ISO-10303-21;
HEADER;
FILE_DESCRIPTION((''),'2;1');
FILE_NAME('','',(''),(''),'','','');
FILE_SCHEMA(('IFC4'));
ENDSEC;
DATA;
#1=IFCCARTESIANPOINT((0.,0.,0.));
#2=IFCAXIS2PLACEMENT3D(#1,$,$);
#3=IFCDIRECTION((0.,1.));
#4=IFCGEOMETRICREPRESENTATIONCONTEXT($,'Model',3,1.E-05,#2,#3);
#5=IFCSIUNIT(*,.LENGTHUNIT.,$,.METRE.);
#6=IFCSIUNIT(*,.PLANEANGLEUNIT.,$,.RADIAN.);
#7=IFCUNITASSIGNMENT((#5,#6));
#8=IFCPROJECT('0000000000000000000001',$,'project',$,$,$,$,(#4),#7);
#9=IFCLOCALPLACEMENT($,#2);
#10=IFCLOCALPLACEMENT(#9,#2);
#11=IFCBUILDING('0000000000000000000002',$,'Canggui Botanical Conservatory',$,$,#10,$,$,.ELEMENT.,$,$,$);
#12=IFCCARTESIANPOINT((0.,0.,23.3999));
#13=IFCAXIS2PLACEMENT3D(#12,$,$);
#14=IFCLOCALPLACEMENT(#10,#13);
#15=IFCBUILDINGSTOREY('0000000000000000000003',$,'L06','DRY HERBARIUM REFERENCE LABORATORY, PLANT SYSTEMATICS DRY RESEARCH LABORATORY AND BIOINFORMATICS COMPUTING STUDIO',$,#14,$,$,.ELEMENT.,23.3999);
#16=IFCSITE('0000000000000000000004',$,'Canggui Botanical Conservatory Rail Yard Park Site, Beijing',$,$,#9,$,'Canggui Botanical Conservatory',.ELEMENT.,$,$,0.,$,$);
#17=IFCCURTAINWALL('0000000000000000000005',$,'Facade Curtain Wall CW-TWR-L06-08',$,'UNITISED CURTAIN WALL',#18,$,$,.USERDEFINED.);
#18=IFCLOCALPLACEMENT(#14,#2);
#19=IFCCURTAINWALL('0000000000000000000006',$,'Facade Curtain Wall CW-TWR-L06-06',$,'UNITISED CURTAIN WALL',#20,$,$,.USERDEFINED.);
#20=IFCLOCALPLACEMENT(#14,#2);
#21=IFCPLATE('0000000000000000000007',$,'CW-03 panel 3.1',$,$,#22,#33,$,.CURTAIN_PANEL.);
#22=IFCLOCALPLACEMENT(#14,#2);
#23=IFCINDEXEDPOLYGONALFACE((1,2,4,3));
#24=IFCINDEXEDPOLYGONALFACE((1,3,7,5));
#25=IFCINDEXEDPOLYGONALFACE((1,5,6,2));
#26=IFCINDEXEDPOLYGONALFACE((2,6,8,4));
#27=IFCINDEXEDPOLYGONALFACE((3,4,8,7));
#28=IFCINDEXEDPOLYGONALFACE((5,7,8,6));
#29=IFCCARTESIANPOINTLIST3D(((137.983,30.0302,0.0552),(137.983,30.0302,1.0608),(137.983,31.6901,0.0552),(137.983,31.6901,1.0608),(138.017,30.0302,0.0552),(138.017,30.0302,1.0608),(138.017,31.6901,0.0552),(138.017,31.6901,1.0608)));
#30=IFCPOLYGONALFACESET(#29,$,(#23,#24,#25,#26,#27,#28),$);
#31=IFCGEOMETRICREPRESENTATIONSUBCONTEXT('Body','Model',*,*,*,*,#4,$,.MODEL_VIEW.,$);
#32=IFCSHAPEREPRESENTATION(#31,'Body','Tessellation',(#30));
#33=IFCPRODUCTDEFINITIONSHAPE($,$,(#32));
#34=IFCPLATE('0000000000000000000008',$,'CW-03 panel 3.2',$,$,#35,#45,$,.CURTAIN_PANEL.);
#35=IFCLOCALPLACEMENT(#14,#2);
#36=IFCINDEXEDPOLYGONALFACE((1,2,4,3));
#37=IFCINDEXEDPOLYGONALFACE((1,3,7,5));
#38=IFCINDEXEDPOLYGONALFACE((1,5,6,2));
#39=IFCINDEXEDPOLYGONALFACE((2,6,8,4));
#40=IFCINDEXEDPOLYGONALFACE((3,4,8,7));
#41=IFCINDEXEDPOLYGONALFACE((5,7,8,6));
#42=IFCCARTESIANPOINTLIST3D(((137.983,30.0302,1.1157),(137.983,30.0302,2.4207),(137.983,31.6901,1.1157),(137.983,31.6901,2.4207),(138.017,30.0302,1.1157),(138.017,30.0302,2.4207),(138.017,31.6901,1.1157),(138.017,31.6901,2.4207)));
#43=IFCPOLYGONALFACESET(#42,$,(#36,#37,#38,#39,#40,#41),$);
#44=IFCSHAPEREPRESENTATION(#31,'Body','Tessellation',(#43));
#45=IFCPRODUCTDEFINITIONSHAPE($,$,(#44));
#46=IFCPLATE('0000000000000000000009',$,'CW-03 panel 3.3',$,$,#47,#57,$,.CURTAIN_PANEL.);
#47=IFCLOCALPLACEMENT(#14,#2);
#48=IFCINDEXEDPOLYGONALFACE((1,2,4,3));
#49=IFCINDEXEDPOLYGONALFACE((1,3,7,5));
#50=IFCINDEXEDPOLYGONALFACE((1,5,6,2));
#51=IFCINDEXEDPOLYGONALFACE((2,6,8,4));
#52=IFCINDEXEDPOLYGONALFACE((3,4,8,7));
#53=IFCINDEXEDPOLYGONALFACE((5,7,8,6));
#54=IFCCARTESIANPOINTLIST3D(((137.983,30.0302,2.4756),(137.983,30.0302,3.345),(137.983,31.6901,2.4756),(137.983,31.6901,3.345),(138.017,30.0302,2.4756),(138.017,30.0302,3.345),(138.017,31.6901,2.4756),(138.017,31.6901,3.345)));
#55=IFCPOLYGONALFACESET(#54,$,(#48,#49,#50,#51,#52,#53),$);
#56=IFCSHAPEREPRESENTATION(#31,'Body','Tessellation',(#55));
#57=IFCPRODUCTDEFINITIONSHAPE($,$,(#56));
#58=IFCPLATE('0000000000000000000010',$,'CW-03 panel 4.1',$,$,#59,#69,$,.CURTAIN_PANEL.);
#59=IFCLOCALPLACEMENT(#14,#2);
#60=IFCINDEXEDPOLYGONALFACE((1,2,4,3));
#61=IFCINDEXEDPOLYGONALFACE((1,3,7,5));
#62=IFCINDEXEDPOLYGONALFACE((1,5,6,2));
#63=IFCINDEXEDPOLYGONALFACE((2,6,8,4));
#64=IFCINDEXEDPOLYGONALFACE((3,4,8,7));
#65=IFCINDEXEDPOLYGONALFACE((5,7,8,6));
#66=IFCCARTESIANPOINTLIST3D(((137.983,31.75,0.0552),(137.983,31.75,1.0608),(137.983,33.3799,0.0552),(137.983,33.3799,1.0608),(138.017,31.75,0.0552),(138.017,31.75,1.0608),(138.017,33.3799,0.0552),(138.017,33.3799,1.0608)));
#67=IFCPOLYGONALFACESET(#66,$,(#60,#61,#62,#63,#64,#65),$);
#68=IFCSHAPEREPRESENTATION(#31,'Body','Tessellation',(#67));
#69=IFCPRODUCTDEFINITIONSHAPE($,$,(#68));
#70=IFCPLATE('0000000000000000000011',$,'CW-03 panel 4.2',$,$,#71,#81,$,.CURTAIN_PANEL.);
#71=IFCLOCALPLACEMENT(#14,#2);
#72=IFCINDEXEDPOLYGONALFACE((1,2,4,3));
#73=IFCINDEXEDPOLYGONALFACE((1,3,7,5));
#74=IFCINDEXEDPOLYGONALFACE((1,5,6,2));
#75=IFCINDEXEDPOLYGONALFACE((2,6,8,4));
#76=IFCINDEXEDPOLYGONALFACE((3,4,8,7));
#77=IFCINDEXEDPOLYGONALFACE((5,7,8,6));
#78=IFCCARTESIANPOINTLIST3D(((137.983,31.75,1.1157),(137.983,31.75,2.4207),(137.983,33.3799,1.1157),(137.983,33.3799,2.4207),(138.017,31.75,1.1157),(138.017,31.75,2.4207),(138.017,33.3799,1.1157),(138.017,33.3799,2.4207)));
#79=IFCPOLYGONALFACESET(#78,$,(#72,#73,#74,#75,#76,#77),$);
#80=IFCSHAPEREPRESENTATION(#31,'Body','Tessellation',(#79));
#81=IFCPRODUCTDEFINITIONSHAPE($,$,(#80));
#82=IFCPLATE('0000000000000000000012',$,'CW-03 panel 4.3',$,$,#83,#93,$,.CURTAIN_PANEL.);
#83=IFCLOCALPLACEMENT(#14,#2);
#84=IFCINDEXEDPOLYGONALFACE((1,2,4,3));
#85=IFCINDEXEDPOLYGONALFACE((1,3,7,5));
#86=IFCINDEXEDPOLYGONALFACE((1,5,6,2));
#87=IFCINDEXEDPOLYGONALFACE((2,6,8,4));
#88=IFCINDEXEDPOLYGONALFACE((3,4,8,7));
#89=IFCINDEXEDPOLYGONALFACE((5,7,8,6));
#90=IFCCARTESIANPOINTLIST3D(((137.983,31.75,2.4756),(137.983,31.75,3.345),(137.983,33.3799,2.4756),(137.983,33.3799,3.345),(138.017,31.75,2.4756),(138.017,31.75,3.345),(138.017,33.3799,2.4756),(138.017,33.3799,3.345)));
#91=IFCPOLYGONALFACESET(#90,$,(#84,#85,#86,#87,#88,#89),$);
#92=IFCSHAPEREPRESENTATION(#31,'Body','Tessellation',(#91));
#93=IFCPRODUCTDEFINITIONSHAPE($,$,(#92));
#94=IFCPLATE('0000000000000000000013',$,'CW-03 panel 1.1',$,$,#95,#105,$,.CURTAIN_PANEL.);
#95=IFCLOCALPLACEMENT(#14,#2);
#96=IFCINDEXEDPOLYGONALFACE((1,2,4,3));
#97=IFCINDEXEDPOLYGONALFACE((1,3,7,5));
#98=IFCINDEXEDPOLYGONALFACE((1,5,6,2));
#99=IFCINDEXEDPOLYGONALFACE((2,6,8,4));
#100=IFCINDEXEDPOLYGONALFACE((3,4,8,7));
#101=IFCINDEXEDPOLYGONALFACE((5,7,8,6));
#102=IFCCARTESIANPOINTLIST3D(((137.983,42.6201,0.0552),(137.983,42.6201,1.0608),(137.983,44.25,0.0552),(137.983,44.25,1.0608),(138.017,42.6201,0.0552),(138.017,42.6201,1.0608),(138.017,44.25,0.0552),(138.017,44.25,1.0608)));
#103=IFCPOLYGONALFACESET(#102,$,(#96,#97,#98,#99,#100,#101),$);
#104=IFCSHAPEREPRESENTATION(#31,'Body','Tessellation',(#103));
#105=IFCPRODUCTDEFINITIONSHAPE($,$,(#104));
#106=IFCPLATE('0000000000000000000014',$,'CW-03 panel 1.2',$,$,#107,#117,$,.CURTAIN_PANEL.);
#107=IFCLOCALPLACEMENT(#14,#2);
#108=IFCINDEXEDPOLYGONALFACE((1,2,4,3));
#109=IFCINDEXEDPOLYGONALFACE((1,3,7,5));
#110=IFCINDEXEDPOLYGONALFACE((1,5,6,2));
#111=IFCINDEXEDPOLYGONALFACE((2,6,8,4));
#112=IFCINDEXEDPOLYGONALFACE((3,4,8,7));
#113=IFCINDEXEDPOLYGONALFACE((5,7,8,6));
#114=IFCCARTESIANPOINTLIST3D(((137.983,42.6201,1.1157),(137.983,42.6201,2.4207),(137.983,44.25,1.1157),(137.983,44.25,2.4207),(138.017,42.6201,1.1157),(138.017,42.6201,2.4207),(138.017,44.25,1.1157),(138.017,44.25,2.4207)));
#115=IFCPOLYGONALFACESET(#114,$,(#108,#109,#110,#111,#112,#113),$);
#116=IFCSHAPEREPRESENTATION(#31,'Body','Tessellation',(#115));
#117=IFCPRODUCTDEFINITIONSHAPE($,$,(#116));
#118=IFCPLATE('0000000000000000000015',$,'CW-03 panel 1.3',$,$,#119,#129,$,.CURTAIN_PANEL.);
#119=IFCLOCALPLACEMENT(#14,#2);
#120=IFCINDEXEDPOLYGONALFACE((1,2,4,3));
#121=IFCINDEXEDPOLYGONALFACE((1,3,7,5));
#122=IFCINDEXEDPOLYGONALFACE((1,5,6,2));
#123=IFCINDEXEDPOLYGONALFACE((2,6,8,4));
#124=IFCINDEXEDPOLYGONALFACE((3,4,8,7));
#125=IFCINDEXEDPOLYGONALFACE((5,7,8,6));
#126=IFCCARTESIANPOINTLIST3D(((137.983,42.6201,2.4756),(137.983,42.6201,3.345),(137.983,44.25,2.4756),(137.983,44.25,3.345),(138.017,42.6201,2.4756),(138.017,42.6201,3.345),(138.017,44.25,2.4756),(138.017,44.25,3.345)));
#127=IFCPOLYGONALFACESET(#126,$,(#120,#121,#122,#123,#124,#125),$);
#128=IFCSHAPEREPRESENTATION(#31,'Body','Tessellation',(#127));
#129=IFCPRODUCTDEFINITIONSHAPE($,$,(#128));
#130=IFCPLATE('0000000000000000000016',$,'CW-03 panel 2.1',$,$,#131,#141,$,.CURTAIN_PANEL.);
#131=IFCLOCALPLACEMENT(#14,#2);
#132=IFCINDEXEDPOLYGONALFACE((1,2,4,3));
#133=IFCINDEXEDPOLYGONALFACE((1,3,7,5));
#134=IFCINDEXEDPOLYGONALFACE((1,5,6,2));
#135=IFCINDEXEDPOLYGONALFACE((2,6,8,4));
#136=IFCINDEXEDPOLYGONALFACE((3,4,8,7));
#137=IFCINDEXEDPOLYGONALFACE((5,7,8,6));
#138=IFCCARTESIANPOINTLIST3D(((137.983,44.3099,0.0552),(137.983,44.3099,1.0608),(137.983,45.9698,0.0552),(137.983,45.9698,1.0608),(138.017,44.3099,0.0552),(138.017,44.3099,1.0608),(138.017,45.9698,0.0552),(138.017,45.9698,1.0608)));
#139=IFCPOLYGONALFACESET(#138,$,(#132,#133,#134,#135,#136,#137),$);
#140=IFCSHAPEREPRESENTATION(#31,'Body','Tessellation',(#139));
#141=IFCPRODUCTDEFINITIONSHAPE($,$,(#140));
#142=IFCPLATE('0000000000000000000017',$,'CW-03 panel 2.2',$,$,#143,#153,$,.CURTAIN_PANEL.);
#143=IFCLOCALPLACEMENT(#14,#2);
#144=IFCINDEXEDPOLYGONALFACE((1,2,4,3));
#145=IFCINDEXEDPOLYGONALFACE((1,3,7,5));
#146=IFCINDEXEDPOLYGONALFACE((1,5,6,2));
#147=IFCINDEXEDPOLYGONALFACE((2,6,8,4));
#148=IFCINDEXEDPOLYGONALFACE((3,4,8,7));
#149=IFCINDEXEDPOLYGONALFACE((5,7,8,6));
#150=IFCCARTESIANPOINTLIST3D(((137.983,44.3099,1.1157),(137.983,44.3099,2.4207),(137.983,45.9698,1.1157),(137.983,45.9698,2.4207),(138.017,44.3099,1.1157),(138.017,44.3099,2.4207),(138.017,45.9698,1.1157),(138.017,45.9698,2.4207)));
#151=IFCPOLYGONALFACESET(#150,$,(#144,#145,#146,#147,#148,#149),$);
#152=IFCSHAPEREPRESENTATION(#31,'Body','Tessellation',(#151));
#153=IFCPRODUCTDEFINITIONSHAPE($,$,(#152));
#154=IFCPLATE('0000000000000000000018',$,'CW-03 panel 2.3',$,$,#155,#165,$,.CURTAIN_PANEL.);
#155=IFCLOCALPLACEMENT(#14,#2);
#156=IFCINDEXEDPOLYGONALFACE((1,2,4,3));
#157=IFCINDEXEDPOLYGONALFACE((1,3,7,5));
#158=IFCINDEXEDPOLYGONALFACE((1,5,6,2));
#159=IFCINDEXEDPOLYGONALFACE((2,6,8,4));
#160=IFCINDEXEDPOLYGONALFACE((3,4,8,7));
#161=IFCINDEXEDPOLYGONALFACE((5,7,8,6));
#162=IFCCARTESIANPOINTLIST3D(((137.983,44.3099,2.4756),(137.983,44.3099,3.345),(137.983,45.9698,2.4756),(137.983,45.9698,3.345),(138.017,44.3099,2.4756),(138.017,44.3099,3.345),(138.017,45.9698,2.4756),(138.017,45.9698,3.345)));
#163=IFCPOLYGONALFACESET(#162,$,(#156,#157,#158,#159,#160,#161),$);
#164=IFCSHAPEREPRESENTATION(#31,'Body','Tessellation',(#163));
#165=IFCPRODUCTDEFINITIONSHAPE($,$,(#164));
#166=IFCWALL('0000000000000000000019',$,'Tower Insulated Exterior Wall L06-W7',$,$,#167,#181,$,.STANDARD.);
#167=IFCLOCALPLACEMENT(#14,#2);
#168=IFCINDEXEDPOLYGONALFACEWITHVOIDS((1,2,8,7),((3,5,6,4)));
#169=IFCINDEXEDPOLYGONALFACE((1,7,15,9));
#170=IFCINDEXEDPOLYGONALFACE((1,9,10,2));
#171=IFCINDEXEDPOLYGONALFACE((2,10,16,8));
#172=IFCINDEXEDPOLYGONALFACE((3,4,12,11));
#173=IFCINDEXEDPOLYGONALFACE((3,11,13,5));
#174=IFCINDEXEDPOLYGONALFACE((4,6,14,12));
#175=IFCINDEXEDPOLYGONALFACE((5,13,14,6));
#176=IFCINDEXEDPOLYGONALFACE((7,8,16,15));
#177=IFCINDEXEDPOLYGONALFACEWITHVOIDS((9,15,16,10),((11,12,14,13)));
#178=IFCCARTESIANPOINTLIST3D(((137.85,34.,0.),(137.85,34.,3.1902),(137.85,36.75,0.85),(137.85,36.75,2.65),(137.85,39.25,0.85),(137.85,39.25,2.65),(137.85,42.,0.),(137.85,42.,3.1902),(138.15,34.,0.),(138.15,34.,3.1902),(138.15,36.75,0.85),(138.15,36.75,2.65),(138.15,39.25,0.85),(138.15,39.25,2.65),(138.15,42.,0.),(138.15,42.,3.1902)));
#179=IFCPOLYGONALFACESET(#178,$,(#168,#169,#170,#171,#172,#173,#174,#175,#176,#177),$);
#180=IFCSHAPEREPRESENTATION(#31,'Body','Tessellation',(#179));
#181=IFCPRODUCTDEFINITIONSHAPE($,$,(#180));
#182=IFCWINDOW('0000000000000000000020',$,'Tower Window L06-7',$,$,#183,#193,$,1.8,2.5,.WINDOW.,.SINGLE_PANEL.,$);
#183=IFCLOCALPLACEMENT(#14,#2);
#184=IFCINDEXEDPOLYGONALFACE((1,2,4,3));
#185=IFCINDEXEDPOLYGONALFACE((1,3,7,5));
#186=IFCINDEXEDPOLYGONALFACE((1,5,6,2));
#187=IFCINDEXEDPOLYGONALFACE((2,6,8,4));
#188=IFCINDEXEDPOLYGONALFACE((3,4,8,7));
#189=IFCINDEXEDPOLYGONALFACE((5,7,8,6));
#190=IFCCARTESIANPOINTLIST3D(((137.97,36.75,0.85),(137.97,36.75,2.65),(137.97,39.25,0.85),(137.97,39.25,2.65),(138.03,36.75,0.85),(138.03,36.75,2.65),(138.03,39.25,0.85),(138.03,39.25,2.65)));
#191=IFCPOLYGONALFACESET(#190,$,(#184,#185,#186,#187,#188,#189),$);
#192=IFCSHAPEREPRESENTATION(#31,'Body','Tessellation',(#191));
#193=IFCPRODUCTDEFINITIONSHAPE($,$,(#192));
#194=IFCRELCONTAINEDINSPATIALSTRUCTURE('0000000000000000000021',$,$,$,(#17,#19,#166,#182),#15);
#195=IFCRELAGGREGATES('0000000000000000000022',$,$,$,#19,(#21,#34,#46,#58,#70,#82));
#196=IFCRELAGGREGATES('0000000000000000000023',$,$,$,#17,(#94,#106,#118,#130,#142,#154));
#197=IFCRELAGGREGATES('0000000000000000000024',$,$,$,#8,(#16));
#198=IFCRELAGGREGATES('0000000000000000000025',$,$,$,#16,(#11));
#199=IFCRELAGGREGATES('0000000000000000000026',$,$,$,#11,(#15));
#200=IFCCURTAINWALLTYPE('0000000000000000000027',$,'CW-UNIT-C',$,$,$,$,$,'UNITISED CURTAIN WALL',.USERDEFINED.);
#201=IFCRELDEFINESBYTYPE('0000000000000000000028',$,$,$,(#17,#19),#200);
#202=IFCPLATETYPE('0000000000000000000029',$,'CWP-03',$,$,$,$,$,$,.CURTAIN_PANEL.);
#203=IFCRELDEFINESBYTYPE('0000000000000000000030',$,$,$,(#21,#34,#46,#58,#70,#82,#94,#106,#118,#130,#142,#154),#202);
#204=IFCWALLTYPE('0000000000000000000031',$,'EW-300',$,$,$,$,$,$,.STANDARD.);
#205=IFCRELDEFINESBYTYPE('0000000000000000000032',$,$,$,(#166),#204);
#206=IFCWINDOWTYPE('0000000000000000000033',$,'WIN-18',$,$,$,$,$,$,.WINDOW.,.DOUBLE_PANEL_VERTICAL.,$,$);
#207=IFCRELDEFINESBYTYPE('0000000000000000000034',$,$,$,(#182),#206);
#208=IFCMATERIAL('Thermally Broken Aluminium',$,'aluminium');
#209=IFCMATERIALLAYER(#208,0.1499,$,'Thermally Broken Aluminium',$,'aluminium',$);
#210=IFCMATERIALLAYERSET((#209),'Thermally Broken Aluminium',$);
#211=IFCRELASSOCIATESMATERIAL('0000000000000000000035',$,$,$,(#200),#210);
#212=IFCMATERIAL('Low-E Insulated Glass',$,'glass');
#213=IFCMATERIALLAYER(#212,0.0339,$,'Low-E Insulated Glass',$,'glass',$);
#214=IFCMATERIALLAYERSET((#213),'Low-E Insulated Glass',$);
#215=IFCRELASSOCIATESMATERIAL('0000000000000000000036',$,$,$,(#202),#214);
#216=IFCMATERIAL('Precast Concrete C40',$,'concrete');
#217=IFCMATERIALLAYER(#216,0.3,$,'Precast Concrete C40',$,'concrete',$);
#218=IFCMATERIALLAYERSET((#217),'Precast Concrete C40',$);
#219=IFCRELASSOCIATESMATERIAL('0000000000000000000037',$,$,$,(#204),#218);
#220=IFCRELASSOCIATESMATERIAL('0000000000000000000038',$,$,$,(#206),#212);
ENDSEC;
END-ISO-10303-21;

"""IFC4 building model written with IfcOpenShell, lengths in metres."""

from ifc_helpers import new_model, si_unit, direction, frame, frame_2d, origin, origin_2d, place, context, subcontext, project, spatial, rectangle, extrude, material, layer, layer_set, type_object, element, fill, aggregate, save


model = new_model("IFC4")

# Units and contexts
model_context = context("Model", 3, precision=1e-05, world=origin(), true_north=direction((0.0, 1.0)))
body_context = subcontext(model_context, "Body", "Model", "MODEL_VIEW")
ifc_project = project(units=[si_unit("LENGTHUNIT", "METRE"), si_unit("PLANEANGLEUNIT", "RADIAN")], contexts=[model_context])

# Site, building, storey
site_placement = place(None, origin())
site = spatial("IfcSite", under=ifc_project, at=site_placement, Name="Canggui Botanical Conservatory Rail Yard Park Site, Beijing", LongName="Canggui Botanical Conservatory", CompositionType="ELEMENT", RefElevation=0.0)
building_placement = place(site_placement, origin())
building = spatial("IfcBuilding", under=site, at=building_placement, Name="Canggui Botanical Conservatory", CompositionType="ELEMENT")
storey_placement = place(building_placement, frame((0.0, 0.0, 23.3999)))
storey = spatial("IfcBuildingStorey", under=building, at=storey_placement, Name="L06", Description="DRY HERBARIUM REFERENCE LABORATORY, PLANT SYSTEMATICS DRY RESEARCH LABORATORY AND BIOINFORMATICS COMPUTING STUDIO", CompositionType="ELEMENT", Elevation=23.3999)

# Curtain walls
ifc_material_1 = material(Name="Thermally Broken Aluminium", Category="aluminium")
ifc_layer_1 = layer(ifc_material_1, 0.1499, Name="Thermally Broken Aluminium", Category="aluminium")
ifc_layer_set_1 = layer_set([ifc_layer_1], Name="Thermally Broken Aluminium")
curtain_wall_type = type_object("IfcCurtainWallType", Name="CW-UNIT-C", ElementType="UNITISED CURTAIN WALL", PredefinedType="USERDEFINED", material=ifc_layer_set_1)
curtain_wall_1_placement = place(storey_placement, origin())
curtain_wall_1 = element("IfcCurtainWall", 1, at=curtain_wall_1_placement, inside=storey, type_object=curtain_wall_type, Name="Facade Curtain Wall CW-TWR-L06-08", ObjectType="UNITISED CURTAIN WALL", PredefinedType="USERDEFINED")
curtain_wall_2_placement = place(storey_placement, origin())
curtain_wall_2 = element("IfcCurtainWall", 2, at=curtain_wall_2_placement, inside=storey, type_object=curtain_wall_type, Name="Facade Curtain Wall CW-TWR-L06-06", ObjectType="UNITISED CURTAIN WALL", PredefinedType="USERDEFINED")

# Plates
ifc_material_2 = material(Name="Low-E Insulated Glass", Category="glass")
ifc_layer_2 = layer(ifc_material_2, 0.0339, Name="Low-E Insulated Glass", Category="glass")
ifc_layer_set_2 = layer_set([ifc_layer_2], Name="Low-E Insulated Glass")
plate_type = type_object("IfcPlateType", Name="CWP-03", PredefinedType="CURTAIN_PANEL", material=ifc_layer_set_2)
plate_1_placement = place(storey_placement, frame((138.0, 30.8601, 0.0552), z_axis=(0.0, 0.0, 1.0), x_axis=(0.0, 1.0, 0.0)))
plate_1 = element("IfcPlate", 3, at=plate_1_placement, type_object=plate_type, Name="CW-03 panel 3.1", PredefinedType="CURTAIN_PANEL", context=body_context, shape_type="SweptSolid", body=[
    extrude(rectangle(XDim=1.6599, YDim=0.0339, at=origin_2d()), origin(), (0.0, 0.0, 1.0), 1.0056),
])
plate_2_placement = place(storey_placement, frame((138.0, 30.8601, 1.1157), z_axis=(0.0, 0.0, 1.0), x_axis=(0.0, 1.0, 0.0)))
plate_2 = element("IfcPlate", 4, at=plate_2_placement, type_object=plate_type, Name="CW-03 panel 3.2", PredefinedType="CURTAIN_PANEL", context=body_context, shape_type="SweptSolid", body=[
    extrude(rectangle(XDim=1.6599, YDim=0.0339, at=origin_2d()), origin(), (0.0, 0.0, 1.0), 1.3049),
])
plate_3_placement = place(storey_placement, frame((138.0, 30.8601, 2.4756), z_axis=(0.0, 0.0, 1.0), x_axis=(0.0, 1.0, 0.0)))
plate_3 = element("IfcPlate", 5, at=plate_3_placement, type_object=plate_type, Name="CW-03 panel 3.3", PredefinedType="CURTAIN_PANEL", context=body_context, shape_type="SweptSolid", body=[
    extrude(rectangle(XDim=1.6599, YDim=0.0339, at=origin_2d()), origin(), (0.0, 0.0, 1.0), 0.8694),
])
plate_4_placement = place(storey_placement, frame((138.0, 32.5649, 0.0552), z_axis=(0.0, 0.0, 1.0), x_axis=(0.0, 1.0, 0.0)))
plate_4 = element("IfcPlate", 6, at=plate_4_placement, type_object=plate_type, Name="CW-03 panel 4.1", PredefinedType="CURTAIN_PANEL", context=body_context, shape_type="SweptSolid", body=[
    extrude(rectangle(XDim=1.6299, YDim=0.0339, at=origin_2d()), origin(), (0.0, 0.0, 1.0), 1.0056),
])
plate_5_placement = place(storey_placement, frame((138.0, 32.5649, 1.1157), z_axis=(0.0, 0.0, 1.0), x_axis=(0.0, 1.0, 0.0)))
plate_5 = element("IfcPlate", 7, at=plate_5_placement, type_object=plate_type, Name="CW-03 panel 4.2", PredefinedType="CURTAIN_PANEL", context=body_context, shape_type="SweptSolid", body=[
    extrude(rectangle(XDim=1.6299, YDim=0.0339, at=origin_2d()), origin(), (0.0, 0.0, 1.0), 1.3049),
])
plate_6_placement = place(storey_placement, frame((138.0, 32.5649, 2.4756), z_axis=(0.0, 0.0, 1.0), x_axis=(0.0, 1.0, 0.0)))
plate_6 = element("IfcPlate", 8, at=plate_6_placement, type_object=plate_type, Name="CW-03 panel 4.3", PredefinedType="CURTAIN_PANEL", context=body_context, shape_type="SweptSolid", body=[
    extrude(rectangle(XDim=1.6299, YDim=0.0339, at=origin_2d()), origin(), (0.0, 0.0, 1.0), 0.8694),
])
aggregate(curtain_wall_2, [plate_1, plate_2, plate_3, plate_4, plate_5, plate_6])
plate_7_placement = place(storey_placement, frame((138.0, 43.4351, 0.0552), z_axis=(0.0, 0.0, 1.0), x_axis=(0.0, 1.0, 0.0)))
plate_7 = element("IfcPlate", 9, at=plate_7_placement, type_object=plate_type, Name="CW-03 panel 1.1", PredefinedType="CURTAIN_PANEL", context=body_context, shape_type="SweptSolid", body=[
    extrude(rectangle(XDim=1.6299, YDim=0.0339, at=origin_2d()), origin(), (0.0, 0.0, 1.0), 1.0056),
])
plate_8_placement = place(storey_placement, frame((138.0, 43.4351, 1.1157), z_axis=(0.0, 0.0, 1.0), x_axis=(0.0, 1.0, 0.0)))
plate_8 = element("IfcPlate", 10, at=plate_8_placement, type_object=plate_type, Name="CW-03 panel 1.2", PredefinedType="CURTAIN_PANEL", context=body_context, shape_type="SweptSolid", body=[
    extrude(rectangle(XDim=1.6299, YDim=0.0339, at=origin_2d()), origin(), (0.0, 0.0, 1.0), 1.3049),
])
plate_9_placement = place(storey_placement, frame((138.0, 43.4351, 2.4756), z_axis=(0.0, 0.0, 1.0), x_axis=(0.0, 1.0, 0.0)))
plate_9 = element("IfcPlate", 11, at=plate_9_placement, type_object=plate_type, Name="CW-03 panel 1.3", PredefinedType="CURTAIN_PANEL", context=body_context, shape_type="SweptSolid", body=[
    extrude(rectangle(XDim=1.6299, YDim=0.0339, at=origin_2d()), origin(), (0.0, 0.0, 1.0), 0.8694),
])
plate_10_placement = place(storey_placement, frame((138.0, 45.1399, 0.0552), z_axis=(0.0, 0.0, 1.0), x_axis=(0.0, 1.0, 0.0)))
plate_10 = element("IfcPlate", 12, at=plate_10_placement, type_object=plate_type, Name="CW-03 panel 2.1", PredefinedType="CURTAIN_PANEL", context=body_context, shape_type="SweptSolid", body=[
    extrude(rectangle(XDim=1.6599, YDim=0.0339, at=origin_2d()), origin(), (0.0, 0.0, 1.0), 1.0056),
])
plate_11_placement = place(storey_placement, frame((138.0, 45.1399, 1.1157), z_axis=(0.0, 0.0, 1.0), x_axis=(0.0, 1.0, 0.0)))
plate_11 = element("IfcPlate", 13, at=plate_11_placement, type_object=plate_type, Name="CW-03 panel 2.2", PredefinedType="CURTAIN_PANEL", context=body_context, shape_type="SweptSolid", body=[
    extrude(rectangle(XDim=1.6599, YDim=0.0339, at=origin_2d()), origin(), (0.0, 0.0, 1.0), 1.3049),
])
plate_12_placement = place(storey_placement, frame((138.0, 45.1399, 2.4756), z_axis=(0.0, 0.0, 1.0), x_axis=(0.0, 1.0, 0.0)))
plate_12 = element("IfcPlate", 14, at=plate_12_placement, type_object=plate_type, Name="CW-03 panel 2.3", PredefinedType="CURTAIN_PANEL", context=body_context, shape_type="SweptSolid", body=[
    extrude(rectangle(XDim=1.6599, YDim=0.0339, at=origin_2d()), origin(), (0.0, 0.0, 1.0), 0.8694),
])
aggregate(curtain_wall_1, [plate_7, plate_8, plate_9, plate_10, plate_11, plate_12])

# Wall, opening, window
ifc_material_3 = material(Name="Precast Concrete C40", Category="concrete")
ifc_layer_3 = layer(ifc_material_3, 0.3, Name="Precast Concrete C40", Category="concrete")
ifc_layer_set_3 = layer_set([ifc_layer_3], Name="Precast Concrete C40")
wall_type = type_object("IfcWallType", Name="EW-300", PredefinedType="STANDARD", material=ifc_layer_set_3)
wall_placement = place(storey_placement, frame((138.0, 34.0, 0.0), z_axis=(0.0, 0.0, 1.0), x_axis=(0.0, 1.0, 0.0)))
wall = element("IfcWall", 15, at=wall_placement, inside=storey, type_object=wall_type, Name="Tower Insulated Exterior Wall L06-W7", PredefinedType="STANDARD", context=body_context, shape_type="SweptSolid", body=[
    extrude(rectangle(XDim=8.0, YDim=0.3, at=frame_2d((4.0, 0.0))), origin(), (0.0, 0.0, 1.0), 3.1902),
])
opening_placement = place(wall_placement, frame((2.75, 0.0, 0.8501)))
opening = element("IfcOpeningElement", 16, at=opening_placement, cuts=wall, PredefinedType="OPENING", context=body_context, shape_type="SweptSolid", body=[
    extrude(rectangle(XDim=2.5, YDim=1.8, at=frame_2d((1.25, 0.8999))), frame((0.0, 0.1602, 0.0), z_axis=(0.0, -1.0, 0.0), x_axis=(1.0, 0.0, 0.0)), (0.0, 0.0, 1.0), 0.3201),
])
window_type = type_object("IfcWindowType", Name="WIN-18", PartitioningType="DOUBLE_PANEL_VERTICAL", PredefinedType="WINDOW", material=ifc_material_2)
window_placement = place(opening_placement, origin())
window = element("IfcWindow", 17, at=window_placement, inside=storey, type_object=window_type, Name="Tower Window L06-7", OverallHeight=1.8, OverallWidth=2.5, PartitioningType="SINGLE_PANEL", PredefinedType="WINDOW", context=body_context, shape_type="SweptSolid", body=[
    extrude(rectangle(XDim=2.5, YDim=1.8, at=frame_2d((1.25, 0.8999))), frame((0.0, 0.03, 0.0), z_axis=(0.0, -1.0, 0.0), x_axis=(1.0, 0.0, 0.0)), (0.0, 0.0, 1.0), 0.0601),
])
fill(opening, window)

save(model, "model.ifc")
